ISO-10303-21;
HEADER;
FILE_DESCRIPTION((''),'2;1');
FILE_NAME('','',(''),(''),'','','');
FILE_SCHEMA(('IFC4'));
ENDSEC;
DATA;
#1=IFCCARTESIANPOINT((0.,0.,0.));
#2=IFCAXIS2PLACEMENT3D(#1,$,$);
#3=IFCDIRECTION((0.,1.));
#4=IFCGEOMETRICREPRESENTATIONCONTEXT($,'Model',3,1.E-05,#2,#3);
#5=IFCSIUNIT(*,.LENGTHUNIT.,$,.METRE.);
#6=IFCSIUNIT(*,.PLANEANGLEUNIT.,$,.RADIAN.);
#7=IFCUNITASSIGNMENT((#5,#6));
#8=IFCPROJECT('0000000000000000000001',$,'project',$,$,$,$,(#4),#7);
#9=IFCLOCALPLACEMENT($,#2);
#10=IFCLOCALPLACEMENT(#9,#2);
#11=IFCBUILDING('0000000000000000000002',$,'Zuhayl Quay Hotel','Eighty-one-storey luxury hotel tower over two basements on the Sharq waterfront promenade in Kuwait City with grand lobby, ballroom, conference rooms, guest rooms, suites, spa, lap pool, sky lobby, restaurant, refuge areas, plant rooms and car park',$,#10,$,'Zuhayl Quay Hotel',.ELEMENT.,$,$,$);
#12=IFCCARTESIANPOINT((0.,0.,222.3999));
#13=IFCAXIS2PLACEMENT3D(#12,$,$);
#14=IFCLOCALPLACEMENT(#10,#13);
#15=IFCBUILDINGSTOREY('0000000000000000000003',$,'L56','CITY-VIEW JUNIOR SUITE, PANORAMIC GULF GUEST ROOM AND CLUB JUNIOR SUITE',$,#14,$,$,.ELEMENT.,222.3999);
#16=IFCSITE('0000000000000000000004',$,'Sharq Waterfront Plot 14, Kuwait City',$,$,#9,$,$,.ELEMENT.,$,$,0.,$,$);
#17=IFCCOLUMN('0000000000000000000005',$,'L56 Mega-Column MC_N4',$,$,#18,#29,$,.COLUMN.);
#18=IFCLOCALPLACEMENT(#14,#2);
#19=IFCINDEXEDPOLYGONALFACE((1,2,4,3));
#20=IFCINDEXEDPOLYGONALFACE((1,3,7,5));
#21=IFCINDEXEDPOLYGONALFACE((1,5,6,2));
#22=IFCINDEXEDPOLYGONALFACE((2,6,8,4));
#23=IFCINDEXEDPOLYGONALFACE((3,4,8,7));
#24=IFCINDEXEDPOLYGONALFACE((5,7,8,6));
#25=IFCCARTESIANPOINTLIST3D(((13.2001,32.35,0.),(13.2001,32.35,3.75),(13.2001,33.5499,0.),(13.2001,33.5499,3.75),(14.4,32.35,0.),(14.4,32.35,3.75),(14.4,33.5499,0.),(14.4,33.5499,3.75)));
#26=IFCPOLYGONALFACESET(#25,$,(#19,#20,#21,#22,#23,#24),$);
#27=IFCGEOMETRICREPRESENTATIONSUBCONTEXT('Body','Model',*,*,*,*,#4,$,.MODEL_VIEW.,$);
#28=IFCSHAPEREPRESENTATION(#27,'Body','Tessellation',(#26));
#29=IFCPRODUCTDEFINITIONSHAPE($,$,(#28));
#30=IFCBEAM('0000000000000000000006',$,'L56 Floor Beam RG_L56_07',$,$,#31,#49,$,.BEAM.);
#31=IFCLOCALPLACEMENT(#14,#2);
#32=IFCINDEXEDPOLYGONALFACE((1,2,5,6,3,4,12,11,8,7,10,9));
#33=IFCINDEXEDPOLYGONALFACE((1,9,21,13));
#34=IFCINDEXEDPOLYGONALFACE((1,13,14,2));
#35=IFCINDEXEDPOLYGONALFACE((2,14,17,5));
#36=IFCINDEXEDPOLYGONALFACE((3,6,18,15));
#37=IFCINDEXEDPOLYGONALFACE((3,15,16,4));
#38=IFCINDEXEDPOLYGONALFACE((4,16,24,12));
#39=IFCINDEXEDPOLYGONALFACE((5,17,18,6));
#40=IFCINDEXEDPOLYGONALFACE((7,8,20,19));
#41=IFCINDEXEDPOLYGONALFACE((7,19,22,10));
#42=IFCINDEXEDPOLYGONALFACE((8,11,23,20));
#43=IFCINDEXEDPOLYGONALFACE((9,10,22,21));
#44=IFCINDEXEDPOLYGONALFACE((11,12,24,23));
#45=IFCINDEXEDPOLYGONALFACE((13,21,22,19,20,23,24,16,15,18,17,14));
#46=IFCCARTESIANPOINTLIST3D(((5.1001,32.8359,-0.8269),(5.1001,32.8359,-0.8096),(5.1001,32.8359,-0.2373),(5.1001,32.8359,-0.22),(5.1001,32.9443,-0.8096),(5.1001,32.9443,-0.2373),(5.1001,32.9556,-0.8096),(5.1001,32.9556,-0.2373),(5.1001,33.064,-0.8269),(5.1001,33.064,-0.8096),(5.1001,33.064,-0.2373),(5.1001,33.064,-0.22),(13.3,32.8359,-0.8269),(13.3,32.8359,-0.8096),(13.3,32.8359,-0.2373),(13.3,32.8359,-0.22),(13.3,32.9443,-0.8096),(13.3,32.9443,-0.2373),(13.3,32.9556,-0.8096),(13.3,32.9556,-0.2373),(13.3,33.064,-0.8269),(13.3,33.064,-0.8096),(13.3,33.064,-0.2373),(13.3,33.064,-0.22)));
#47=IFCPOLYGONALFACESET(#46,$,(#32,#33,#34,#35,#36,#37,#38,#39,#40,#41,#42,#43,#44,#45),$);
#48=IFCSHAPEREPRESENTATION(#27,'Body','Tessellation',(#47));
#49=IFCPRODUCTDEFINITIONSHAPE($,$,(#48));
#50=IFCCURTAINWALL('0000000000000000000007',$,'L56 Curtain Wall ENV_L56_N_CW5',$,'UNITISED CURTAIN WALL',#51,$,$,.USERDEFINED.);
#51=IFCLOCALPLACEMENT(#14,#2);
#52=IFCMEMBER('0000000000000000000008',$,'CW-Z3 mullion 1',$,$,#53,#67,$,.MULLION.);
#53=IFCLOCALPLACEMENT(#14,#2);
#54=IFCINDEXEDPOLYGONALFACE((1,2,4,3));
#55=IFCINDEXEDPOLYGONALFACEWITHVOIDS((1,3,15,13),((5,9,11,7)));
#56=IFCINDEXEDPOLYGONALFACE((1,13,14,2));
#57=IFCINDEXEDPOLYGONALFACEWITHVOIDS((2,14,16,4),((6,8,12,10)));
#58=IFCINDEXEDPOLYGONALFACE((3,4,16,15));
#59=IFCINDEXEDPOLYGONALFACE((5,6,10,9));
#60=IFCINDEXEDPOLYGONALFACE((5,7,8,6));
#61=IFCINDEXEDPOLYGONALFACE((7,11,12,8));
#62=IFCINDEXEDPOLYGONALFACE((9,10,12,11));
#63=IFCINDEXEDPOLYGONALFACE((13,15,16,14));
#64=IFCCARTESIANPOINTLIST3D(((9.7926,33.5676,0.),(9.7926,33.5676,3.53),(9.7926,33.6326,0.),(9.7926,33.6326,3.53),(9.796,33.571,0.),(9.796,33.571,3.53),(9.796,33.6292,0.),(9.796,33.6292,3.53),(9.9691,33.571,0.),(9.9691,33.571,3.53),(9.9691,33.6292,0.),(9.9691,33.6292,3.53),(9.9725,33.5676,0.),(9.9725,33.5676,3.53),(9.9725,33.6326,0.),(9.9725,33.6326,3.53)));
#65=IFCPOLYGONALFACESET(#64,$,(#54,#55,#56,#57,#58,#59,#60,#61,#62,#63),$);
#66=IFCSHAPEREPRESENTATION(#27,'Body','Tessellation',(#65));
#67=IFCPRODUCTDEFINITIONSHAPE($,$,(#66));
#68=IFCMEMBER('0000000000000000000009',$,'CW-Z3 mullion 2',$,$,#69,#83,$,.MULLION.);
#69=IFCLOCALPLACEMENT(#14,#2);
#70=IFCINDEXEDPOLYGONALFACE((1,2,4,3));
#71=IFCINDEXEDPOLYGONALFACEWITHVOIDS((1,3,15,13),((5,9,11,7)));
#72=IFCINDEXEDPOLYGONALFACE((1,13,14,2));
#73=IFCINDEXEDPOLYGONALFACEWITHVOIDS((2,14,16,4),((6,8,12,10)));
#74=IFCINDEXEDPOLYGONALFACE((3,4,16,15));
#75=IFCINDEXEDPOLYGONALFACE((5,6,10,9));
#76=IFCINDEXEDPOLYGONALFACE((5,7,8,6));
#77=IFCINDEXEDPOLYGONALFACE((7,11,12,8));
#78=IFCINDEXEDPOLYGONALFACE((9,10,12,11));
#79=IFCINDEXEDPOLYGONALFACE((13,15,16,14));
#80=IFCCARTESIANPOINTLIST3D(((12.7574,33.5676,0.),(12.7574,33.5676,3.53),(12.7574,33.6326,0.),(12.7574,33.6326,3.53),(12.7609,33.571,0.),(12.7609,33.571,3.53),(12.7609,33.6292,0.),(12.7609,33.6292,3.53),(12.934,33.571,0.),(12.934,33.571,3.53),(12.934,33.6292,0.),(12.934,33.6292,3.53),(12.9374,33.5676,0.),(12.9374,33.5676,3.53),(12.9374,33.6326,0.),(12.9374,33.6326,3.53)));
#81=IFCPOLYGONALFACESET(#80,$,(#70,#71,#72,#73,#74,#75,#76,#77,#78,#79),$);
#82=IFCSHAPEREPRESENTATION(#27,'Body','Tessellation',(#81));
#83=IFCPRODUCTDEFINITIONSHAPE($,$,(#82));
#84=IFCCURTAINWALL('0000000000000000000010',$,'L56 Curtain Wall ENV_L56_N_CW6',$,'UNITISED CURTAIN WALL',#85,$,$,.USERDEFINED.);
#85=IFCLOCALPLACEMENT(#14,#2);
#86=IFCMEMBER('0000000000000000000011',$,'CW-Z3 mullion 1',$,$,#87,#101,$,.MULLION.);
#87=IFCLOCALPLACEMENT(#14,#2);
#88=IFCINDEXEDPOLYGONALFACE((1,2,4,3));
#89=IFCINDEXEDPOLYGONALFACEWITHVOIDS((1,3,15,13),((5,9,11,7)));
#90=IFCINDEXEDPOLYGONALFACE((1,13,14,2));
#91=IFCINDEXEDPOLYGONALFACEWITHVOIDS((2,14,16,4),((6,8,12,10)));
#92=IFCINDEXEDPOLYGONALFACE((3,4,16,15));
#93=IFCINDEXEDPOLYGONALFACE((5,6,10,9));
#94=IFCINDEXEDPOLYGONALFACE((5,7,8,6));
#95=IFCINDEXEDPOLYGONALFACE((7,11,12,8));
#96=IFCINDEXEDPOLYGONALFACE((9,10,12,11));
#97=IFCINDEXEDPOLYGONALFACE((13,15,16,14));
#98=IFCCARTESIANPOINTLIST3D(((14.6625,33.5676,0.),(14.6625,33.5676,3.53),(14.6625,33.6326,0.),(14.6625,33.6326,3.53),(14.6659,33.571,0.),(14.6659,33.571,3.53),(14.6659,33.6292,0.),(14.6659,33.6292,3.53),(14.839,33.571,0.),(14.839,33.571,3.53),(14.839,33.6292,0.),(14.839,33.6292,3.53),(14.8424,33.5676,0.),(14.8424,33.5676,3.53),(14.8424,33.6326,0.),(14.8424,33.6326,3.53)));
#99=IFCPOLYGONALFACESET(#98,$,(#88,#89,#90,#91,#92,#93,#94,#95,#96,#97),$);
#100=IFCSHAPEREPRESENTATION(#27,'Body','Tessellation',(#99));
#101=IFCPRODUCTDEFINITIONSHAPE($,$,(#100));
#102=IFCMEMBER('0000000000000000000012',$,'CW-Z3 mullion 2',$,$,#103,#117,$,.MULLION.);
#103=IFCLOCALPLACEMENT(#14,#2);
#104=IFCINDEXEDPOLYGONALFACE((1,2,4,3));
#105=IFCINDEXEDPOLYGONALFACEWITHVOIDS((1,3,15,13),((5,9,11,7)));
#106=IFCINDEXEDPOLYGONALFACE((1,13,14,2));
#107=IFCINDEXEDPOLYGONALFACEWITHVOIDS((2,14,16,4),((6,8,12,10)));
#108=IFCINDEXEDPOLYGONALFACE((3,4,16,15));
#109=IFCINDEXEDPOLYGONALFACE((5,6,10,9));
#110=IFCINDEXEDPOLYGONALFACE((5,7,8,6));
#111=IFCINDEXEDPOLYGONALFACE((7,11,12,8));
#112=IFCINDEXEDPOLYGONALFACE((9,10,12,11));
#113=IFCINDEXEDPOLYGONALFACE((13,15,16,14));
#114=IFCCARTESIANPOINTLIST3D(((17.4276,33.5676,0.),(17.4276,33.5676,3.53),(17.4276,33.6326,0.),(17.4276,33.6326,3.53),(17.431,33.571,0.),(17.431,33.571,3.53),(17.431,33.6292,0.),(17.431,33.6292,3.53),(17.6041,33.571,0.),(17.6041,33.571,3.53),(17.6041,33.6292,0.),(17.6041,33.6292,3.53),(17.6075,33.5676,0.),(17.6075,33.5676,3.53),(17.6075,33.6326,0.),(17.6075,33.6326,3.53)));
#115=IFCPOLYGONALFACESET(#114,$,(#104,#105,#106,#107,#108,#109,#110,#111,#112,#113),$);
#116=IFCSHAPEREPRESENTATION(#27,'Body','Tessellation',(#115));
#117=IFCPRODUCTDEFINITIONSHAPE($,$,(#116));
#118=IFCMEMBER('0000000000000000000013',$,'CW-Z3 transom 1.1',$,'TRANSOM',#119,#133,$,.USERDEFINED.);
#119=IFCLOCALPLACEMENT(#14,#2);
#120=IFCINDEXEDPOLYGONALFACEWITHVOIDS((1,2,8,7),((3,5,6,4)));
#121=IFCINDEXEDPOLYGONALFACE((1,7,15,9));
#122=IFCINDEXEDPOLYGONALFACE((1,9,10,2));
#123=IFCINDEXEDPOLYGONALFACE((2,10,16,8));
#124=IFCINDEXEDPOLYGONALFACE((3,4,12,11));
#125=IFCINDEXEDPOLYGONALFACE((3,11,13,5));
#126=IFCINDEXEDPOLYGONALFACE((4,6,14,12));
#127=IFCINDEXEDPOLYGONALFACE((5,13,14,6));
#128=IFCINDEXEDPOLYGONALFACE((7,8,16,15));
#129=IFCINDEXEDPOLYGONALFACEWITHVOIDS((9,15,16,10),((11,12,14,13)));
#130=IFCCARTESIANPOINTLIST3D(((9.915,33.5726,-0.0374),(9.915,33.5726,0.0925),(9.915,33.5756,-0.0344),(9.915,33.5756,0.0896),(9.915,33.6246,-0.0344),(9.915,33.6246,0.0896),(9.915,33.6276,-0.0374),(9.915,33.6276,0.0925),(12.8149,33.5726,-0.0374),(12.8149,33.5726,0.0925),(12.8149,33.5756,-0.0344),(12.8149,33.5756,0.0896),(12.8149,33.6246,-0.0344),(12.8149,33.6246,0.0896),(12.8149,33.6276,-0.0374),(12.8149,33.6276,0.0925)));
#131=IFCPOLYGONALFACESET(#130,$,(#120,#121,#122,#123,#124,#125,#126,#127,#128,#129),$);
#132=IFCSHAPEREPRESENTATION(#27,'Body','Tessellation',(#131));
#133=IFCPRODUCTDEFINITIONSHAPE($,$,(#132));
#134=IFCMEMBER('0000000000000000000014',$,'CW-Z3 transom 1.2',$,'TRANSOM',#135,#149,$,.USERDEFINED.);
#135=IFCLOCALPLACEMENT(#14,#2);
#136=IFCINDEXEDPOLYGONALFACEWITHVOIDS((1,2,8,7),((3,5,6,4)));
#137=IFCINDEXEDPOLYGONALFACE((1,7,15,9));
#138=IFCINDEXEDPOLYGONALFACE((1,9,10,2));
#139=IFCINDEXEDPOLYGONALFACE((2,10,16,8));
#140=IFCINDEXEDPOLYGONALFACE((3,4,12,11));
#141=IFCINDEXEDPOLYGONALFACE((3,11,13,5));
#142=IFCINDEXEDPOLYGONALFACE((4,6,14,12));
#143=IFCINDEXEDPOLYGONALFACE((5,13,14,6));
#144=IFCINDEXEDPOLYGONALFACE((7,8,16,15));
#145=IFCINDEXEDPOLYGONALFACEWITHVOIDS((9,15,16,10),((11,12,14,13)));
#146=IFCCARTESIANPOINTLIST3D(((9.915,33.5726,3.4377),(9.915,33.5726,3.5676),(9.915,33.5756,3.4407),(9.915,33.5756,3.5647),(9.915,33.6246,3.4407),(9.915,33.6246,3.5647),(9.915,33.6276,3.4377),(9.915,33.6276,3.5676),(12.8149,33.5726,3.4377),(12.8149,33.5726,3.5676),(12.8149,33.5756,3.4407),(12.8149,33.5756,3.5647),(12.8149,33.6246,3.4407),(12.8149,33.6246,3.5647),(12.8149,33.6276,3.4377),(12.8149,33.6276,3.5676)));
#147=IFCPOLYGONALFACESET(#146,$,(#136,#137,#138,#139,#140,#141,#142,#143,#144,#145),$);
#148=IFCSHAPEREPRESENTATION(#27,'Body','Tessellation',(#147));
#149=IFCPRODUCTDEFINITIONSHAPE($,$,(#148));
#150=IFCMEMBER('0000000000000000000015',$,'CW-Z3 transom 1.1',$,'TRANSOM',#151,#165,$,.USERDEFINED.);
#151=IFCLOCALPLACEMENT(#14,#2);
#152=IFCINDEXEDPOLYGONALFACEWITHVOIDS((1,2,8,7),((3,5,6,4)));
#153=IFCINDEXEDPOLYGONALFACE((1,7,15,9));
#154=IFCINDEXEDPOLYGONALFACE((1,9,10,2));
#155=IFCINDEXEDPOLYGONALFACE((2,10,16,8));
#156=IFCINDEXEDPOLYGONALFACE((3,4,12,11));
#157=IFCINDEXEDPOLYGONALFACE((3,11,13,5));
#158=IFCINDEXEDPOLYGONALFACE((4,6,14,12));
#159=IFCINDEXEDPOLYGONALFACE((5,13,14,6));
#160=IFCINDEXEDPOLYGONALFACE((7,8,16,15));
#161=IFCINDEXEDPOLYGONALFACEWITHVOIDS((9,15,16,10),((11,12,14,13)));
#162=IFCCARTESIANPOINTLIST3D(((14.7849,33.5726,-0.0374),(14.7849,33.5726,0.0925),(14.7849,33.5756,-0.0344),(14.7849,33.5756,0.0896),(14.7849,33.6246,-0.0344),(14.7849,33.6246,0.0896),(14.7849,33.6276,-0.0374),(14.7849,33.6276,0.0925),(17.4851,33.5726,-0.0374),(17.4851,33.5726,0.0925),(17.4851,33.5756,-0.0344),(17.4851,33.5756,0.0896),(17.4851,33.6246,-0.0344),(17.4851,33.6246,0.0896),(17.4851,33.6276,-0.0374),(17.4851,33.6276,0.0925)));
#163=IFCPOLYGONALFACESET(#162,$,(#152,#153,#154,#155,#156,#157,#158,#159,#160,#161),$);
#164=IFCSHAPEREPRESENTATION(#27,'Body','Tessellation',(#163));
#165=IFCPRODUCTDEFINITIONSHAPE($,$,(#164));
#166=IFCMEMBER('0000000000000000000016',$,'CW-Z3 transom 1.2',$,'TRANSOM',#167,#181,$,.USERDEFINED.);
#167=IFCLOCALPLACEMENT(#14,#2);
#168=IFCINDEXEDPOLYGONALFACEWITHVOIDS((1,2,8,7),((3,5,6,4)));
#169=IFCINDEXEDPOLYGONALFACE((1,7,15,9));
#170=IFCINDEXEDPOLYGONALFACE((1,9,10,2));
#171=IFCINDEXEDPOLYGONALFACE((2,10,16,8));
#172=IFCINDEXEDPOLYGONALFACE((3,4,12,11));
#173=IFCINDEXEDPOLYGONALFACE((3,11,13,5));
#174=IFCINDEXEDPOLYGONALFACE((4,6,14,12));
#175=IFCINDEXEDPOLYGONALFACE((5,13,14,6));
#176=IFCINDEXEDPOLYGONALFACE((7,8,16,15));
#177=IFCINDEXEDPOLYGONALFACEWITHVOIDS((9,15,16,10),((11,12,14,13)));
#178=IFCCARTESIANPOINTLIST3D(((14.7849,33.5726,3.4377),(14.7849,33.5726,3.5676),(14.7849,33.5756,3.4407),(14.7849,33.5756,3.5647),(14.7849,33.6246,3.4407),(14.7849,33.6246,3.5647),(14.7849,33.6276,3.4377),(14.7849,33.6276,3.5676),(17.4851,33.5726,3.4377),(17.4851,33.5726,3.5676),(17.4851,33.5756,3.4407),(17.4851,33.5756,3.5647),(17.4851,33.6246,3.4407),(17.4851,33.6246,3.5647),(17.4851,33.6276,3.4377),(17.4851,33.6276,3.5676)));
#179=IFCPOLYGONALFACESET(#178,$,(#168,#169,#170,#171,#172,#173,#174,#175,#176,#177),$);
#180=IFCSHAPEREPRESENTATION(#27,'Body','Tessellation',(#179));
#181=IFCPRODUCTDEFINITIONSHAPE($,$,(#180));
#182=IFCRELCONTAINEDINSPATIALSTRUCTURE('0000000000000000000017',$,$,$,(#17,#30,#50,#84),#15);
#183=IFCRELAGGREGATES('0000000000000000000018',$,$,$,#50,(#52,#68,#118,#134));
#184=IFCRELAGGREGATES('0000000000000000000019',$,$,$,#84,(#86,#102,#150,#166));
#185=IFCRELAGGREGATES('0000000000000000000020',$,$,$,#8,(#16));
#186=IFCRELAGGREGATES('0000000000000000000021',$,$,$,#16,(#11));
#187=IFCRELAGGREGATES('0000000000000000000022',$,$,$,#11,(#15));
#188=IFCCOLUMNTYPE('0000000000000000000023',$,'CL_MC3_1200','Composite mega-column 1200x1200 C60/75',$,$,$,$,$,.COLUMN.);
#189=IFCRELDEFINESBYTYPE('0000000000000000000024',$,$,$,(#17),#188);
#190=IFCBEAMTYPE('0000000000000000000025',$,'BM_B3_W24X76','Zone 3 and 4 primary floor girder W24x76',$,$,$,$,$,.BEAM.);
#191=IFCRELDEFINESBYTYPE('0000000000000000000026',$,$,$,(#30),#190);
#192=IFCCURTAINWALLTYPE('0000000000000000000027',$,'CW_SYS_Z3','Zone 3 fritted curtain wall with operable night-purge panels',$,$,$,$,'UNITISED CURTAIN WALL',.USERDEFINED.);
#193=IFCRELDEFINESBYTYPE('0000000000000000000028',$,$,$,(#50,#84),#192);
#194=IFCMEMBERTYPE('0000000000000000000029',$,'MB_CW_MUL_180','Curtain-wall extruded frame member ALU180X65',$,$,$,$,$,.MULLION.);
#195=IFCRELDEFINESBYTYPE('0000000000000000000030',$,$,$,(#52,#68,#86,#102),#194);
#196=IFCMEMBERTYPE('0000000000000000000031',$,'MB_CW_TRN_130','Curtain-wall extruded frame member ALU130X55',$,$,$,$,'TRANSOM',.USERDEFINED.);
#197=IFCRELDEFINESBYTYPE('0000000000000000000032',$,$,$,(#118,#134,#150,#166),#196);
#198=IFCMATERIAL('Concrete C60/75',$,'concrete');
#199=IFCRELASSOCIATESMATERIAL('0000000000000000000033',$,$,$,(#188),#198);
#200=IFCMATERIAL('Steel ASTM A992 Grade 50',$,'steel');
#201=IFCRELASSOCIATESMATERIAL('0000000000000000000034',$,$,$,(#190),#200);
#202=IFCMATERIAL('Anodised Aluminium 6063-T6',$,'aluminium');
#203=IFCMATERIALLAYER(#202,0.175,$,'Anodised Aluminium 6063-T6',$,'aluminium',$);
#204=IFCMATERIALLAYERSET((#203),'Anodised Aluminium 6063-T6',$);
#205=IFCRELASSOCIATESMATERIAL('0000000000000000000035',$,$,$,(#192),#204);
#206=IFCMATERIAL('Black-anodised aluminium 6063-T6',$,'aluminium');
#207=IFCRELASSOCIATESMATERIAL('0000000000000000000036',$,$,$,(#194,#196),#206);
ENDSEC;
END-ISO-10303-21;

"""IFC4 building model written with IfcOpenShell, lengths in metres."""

from ifc_helpers import new_model, si_unit, direction, frame, origin, origin_2d, place, context, subcontext, project, spatial, rectangle, hollow_rectangle, i_section, extrude, material, layer, layer_set, material_profile, profile_set, type_object, element, aggregate, save


model = new_model("IFC4")

# Units and contexts
model_context = context("Model", 3, precision=1e-05, world=origin(), true_north=direction((0.0, 1.0)))
body_context = subcontext(model_context, "Body", "Model", "MODEL_VIEW")
ifc_project = project(units=[si_unit("LENGTHUNIT", "METRE"), si_unit("PLANEANGLEUNIT", "RADIAN")], contexts=[model_context])

# Site, building, storey
site_placement = place(None, origin())
site = spatial("IfcSite", under=ifc_project, at=site_placement, Name="Sharq Waterfront Plot 14, Kuwait City", CompositionType="ELEMENT", RefElevation=0.0)
building_placement = place(site_placement, origin())
building = spatial("IfcBuilding", under=site, at=building_placement, Name="Zuhayl Quay Hotel", Description="Eighty-one-storey luxury hotel tower over two basements on the Sharq waterfront promenade in Kuwait City with grand lobby, ballroom, conference rooms, guest rooms, suites, spa, lap pool, sky lobby, restaurant, refuge areas, plant rooms and car park", LongName="Zuhayl Quay Hotel", CompositionType="ELEMENT")
storey_placement = place(building_placement, frame((0.0, 0.0, 222.3999)))
storey = spatial("IfcBuildingStorey", under=building, at=storey_placement, Name="L56", Description="CITY-VIEW JUNIOR SUITE, PANORAMIC GULF GUEST ROOM AND CLUB JUNIOR SUITE", CompositionType="ELEMENT", Elevation=222.3999)

# Column
ifc_material_1 = material(Name="Concrete C60/75", Category="concrete")
ifc_material_profile_1 = material_profile(ifc_material_1, rectangle(XDim=1.2, YDim=1.2, at=origin_2d()), Name="RC1200X1200")
ifc_profile_set_1 = profile_set([ifc_material_profile_1], Name="Concrete C60/75")
column_type = type_object("IfcColumnType", Name="CL_MC3_1200", Description="Composite mega-column 1200x1200 C60/75", PredefinedType="COLUMN", material=ifc_profile_set_1)
column_placement = place(storey_placement, frame((13.8, 32.95, 0.0), z_axis=(0.0, 0.0, 1.0), x_axis=(1.0, 0.0, 0.0)))
element("IfcColumn", 1, at=column_placement, inside=storey, type_object=column_type, Name="L56 Mega-Column MC_N4", PredefinedType="COLUMN", context=body_context, shape_type="SweptSolid", body=[
    extrude(rectangle(XDim=1.2, YDim=1.2, at=origin_2d()), origin(), (0.0, 0.0, 1.0), 3.75),
])

# Beam
ifc_material_2 = material(Name="Steel ASTM A992 Grade 50", Category="steel")
ifc_material_profile_2 = material_profile(ifc_material_2, i_section(OverallWidth=0.228, OverallDepth=0.6069, WebThickness=0.0112, FlangeThickness=0.0173, at=origin_2d()), Name="W24X76")
ifc_profile_set_2 = profile_set([ifc_material_profile_2], Name="Steel ASTM A992 Grade 50")
beam_type = type_object("IfcBeamType", Name="BM_B3_W24X76", Description="Zone 3 and 4 primary floor girder W24x76", PredefinedType="BEAM", material=ifc_profile_set_2)
beam_placement = place(storey_placement, frame((13.3, 32.95, -0.5234), z_axis=(-1.0, 0.0, 0.0), x_axis=(0.0, -1.0, 0.0)))
element("IfcBeam", 2, at=beam_placement, inside=storey, type_object=beam_type, Name="L56 Floor Beam RG_L56_07", PredefinedType="BEAM", context=body_context, shape_type="SweptSolid", body=[
    extrude(i_section(OverallWidth=0.228, OverallDepth=0.6069, WebThickness=0.0112, FlangeThickness=0.0173, at=origin_2d()), origin(), (0.0, 0.0, 1.0), 8.2),
])

# Curtain walls, members
ifc_material_3 = material(Name="Anodised Aluminium 6063-T6", Category="aluminium")
ifc_layer_1 = layer(ifc_material_3, 0.175, Name="Anodised Aluminium 6063-T6", Category="aluminium")
ifc_layer_set_1 = layer_set([ifc_layer_1], Name="Anodised Aluminium 6063-T6")
curtain_wall_type = type_object("IfcCurtainWallType", Name="CW_SYS_Z3", Description="Zone 3 fritted curtain wall with operable night-purge panels", ElementType="UNITISED CURTAIN WALL", PredefinedType="USERDEFINED", material=ifc_layer_set_1)
curtain_wall_1_placement = place(storey_placement, origin())
curtain_wall_1 = element("IfcCurtainWall", 3, at=curtain_wall_1_placement, inside=storey, type_object=curtain_wall_type, Name="L56 Curtain Wall ENV_L56_N_CW5", ObjectType="UNITISED CURTAIN WALL", PredefinedType="USERDEFINED")
ifc_material_4 = material(Name="Black-anodised aluminium 6063-T6", Category="aluminium")
ifc_material_profile_3 = material_profile(ifc_material_4, hollow_rectangle(XDim=0.0649, YDim=0.1799, WallThickness=0.0034, at=origin_2d()), Name="ALU180X65")
ifc_profile_set_3 = profile_set([ifc_material_profile_3], Name="Black-anodised aluminium 6063-T6")
member_type_1 = type_object("IfcMemberType", Name="MB_CW_MUL_180", Description="Curtain-wall extruded frame member ALU180X65", PredefinedType="MULLION", material=ifc_profile_set_3)
member_1_placement = place(storey_placement, frame((9.8826, 33.6001, 0.0), z_axis=(0.0, 0.0, 1.0), x_axis=(0.0, 1.0, 0.0)))
member_1 = element("IfcMember", 4, at=member_1_placement, type_object=member_type_1, Name="CW-Z3 mullion 1", PredefinedType="MULLION", context=body_context, shape_type="SweptSolid", body=[
    extrude(hollow_rectangle(XDim=0.0649, YDim=0.1799, WallThickness=0.0034, at=origin_2d()), origin(), (0.0, 0.0, 1.0), 3.53),
])
member_2_placement = place(storey_placement, frame((12.8474, 33.6001, 0.0), z_axis=(0.0, 0.0, 1.0), x_axis=(0.0, 1.0, 0.0)))
member_2 = element("IfcMember", 5, at=member_2_placement, type_object=member_type_1, Name="CW-Z3 mullion 2", PredefinedType="MULLION", context=body_context, shape_type="SweptSolid", body=[
    extrude(hollow_rectangle(XDim=0.0649, YDim=0.1799, WallThickness=0.0034, at=origin_2d()), origin(), (0.0, 0.0, 1.0), 3.53),
])
curtain_wall_2_placement = place(storey_placement, origin())
curtain_wall_2 = element("IfcCurtainWall", 6, at=curtain_wall_2_placement, inside=storey, type_object=curtain_wall_type, Name="L56 Curtain Wall ENV_L56_N_CW6", ObjectType="UNITISED CURTAIN WALL", PredefinedType="USERDEFINED")
member_3_placement = place(storey_placement, frame((14.7524, 33.6001, 0.0), z_axis=(0.0, 0.0, 1.0), x_axis=(0.0, 1.0, 0.0)))
member_3 = element("IfcMember", 7, at=member_3_placement, type_object=member_type_1, Name="CW-Z3 mullion 1", PredefinedType="MULLION", context=body_context, shape_type="SweptSolid", body=[
    extrude(hollow_rectangle(XDim=0.0649, YDim=0.1799, WallThickness=0.0034, at=origin_2d()), origin(), (0.0, 0.0, 1.0), 3.53),
])
member_4_placement = place(storey_placement, frame((17.5176, 33.6001, 0.0), z_axis=(0.0, 0.0, 1.0), x_axis=(0.0, 1.0, 0.0)))
member_4 = element("IfcMember", 8, at=member_4_placement, type_object=member_type_1, Name="CW-Z3 mullion 2", PredefinedType="MULLION", context=body_context, shape_type="SweptSolid", body=[
    extrude(hollow_rectangle(XDim=0.0649, YDim=0.1799, WallThickness=0.0034, at=origin_2d()), origin(), (0.0, 0.0, 1.0), 3.53),
])

# Members
ifc_material_profile_4 = material_profile(ifc_material_4, hollow_rectangle(XDim=0.0549, YDim=0.1299, WallThickness=0.0029, at=origin_2d()), Name="ALU130X55")
ifc_profile_set_4 = profile_set([ifc_material_profile_4], Name="Black-anodised aluminium 6063-T6")
member_type_2 = type_object("IfcMemberType", Name="MB_CW_TRN_130", Description="Curtain-wall extruded frame member ALU130X55", ElementType="TRANSOM", PredefinedType="USERDEFINED", material=ifc_profile_set_4)
member_5_placement = place(storey_placement, frame((9.915, 33.6001, 0.0276), z_axis=(1.0, 0.0, 0.0), x_axis=(0.0, 1.0, 0.0)))
member_5 = element("IfcMember", 9, at=member_5_placement, type_object=member_type_2, Name="CW-Z3 transom 1.1", ObjectType="TRANSOM", PredefinedType="USERDEFINED", context=body_context, shape_type="SweptSolid", body=[
    extrude(hollow_rectangle(XDim=0.0549, YDim=0.1299, WallThickness=0.0029, at=origin_2d()), origin(), (0.0, 0.0, 1.0), 2.8999),
])
member_6_placement = place(storey_placement, frame((9.915, 33.6001, 3.5027), z_axis=(1.0, 0.0, 0.0), x_axis=(0.0, 1.0, 0.0)))
member_6 = element("IfcMember", 10, at=member_6_placement, type_object=member_type_2, Name="CW-Z3 transom 1.2", ObjectType="TRANSOM", PredefinedType="USERDEFINED", context=body_context, shape_type="SweptSolid", body=[
    extrude(hollow_rectangle(XDim=0.0549, YDim=0.1299, WallThickness=0.0029, at=origin_2d()), origin(), (0.0, 0.0, 1.0), 2.8999),
])
member_7_placement = place(storey_placement, frame((14.7849, 33.6001, 0.0276), z_axis=(1.0, 0.0, 0.0), x_axis=(0.0, 1.0, 0.0)))
member_7 = element("IfcMember", 11, at=member_7_placement, type_object=member_type_2, Name="CW-Z3 transom 1.1", ObjectType="TRANSOM", PredefinedType="USERDEFINED", context=body_context, shape_type="SweptSolid", body=[
    extrude(hollow_rectangle(XDim=0.0549, YDim=0.1299, WallThickness=0.0029, at=origin_2d()), origin(), (0.0, 0.0, 1.0), 2.7002),
])
member_8_placement = place(storey_placement, frame((14.7849, 33.6001, 3.5027), z_axis=(1.0, 0.0, 0.0), x_axis=(0.0, 1.0, 0.0)))
member_8 = element("IfcMember", 12, at=member_8_placement, type_object=member_type_2, Name="CW-Z3 transom 1.2", ObjectType="TRANSOM", PredefinedType="USERDEFINED", context=body_context, shape_type="SweptSolid", body=[
    extrude(hollow_rectangle(XDim=0.0549, YDim=0.1299, WallThickness=0.0029, at=origin_2d()), origin(), (0.0, 0.0, 1.0), 2.7002),
])

aggregate(curtain_wall_1, [member_1, member_2, member_5, member_6])
aggregate(curtain_wall_2, [member_3, member_4, member_7, member_8])

save(model, "model.ifc")
